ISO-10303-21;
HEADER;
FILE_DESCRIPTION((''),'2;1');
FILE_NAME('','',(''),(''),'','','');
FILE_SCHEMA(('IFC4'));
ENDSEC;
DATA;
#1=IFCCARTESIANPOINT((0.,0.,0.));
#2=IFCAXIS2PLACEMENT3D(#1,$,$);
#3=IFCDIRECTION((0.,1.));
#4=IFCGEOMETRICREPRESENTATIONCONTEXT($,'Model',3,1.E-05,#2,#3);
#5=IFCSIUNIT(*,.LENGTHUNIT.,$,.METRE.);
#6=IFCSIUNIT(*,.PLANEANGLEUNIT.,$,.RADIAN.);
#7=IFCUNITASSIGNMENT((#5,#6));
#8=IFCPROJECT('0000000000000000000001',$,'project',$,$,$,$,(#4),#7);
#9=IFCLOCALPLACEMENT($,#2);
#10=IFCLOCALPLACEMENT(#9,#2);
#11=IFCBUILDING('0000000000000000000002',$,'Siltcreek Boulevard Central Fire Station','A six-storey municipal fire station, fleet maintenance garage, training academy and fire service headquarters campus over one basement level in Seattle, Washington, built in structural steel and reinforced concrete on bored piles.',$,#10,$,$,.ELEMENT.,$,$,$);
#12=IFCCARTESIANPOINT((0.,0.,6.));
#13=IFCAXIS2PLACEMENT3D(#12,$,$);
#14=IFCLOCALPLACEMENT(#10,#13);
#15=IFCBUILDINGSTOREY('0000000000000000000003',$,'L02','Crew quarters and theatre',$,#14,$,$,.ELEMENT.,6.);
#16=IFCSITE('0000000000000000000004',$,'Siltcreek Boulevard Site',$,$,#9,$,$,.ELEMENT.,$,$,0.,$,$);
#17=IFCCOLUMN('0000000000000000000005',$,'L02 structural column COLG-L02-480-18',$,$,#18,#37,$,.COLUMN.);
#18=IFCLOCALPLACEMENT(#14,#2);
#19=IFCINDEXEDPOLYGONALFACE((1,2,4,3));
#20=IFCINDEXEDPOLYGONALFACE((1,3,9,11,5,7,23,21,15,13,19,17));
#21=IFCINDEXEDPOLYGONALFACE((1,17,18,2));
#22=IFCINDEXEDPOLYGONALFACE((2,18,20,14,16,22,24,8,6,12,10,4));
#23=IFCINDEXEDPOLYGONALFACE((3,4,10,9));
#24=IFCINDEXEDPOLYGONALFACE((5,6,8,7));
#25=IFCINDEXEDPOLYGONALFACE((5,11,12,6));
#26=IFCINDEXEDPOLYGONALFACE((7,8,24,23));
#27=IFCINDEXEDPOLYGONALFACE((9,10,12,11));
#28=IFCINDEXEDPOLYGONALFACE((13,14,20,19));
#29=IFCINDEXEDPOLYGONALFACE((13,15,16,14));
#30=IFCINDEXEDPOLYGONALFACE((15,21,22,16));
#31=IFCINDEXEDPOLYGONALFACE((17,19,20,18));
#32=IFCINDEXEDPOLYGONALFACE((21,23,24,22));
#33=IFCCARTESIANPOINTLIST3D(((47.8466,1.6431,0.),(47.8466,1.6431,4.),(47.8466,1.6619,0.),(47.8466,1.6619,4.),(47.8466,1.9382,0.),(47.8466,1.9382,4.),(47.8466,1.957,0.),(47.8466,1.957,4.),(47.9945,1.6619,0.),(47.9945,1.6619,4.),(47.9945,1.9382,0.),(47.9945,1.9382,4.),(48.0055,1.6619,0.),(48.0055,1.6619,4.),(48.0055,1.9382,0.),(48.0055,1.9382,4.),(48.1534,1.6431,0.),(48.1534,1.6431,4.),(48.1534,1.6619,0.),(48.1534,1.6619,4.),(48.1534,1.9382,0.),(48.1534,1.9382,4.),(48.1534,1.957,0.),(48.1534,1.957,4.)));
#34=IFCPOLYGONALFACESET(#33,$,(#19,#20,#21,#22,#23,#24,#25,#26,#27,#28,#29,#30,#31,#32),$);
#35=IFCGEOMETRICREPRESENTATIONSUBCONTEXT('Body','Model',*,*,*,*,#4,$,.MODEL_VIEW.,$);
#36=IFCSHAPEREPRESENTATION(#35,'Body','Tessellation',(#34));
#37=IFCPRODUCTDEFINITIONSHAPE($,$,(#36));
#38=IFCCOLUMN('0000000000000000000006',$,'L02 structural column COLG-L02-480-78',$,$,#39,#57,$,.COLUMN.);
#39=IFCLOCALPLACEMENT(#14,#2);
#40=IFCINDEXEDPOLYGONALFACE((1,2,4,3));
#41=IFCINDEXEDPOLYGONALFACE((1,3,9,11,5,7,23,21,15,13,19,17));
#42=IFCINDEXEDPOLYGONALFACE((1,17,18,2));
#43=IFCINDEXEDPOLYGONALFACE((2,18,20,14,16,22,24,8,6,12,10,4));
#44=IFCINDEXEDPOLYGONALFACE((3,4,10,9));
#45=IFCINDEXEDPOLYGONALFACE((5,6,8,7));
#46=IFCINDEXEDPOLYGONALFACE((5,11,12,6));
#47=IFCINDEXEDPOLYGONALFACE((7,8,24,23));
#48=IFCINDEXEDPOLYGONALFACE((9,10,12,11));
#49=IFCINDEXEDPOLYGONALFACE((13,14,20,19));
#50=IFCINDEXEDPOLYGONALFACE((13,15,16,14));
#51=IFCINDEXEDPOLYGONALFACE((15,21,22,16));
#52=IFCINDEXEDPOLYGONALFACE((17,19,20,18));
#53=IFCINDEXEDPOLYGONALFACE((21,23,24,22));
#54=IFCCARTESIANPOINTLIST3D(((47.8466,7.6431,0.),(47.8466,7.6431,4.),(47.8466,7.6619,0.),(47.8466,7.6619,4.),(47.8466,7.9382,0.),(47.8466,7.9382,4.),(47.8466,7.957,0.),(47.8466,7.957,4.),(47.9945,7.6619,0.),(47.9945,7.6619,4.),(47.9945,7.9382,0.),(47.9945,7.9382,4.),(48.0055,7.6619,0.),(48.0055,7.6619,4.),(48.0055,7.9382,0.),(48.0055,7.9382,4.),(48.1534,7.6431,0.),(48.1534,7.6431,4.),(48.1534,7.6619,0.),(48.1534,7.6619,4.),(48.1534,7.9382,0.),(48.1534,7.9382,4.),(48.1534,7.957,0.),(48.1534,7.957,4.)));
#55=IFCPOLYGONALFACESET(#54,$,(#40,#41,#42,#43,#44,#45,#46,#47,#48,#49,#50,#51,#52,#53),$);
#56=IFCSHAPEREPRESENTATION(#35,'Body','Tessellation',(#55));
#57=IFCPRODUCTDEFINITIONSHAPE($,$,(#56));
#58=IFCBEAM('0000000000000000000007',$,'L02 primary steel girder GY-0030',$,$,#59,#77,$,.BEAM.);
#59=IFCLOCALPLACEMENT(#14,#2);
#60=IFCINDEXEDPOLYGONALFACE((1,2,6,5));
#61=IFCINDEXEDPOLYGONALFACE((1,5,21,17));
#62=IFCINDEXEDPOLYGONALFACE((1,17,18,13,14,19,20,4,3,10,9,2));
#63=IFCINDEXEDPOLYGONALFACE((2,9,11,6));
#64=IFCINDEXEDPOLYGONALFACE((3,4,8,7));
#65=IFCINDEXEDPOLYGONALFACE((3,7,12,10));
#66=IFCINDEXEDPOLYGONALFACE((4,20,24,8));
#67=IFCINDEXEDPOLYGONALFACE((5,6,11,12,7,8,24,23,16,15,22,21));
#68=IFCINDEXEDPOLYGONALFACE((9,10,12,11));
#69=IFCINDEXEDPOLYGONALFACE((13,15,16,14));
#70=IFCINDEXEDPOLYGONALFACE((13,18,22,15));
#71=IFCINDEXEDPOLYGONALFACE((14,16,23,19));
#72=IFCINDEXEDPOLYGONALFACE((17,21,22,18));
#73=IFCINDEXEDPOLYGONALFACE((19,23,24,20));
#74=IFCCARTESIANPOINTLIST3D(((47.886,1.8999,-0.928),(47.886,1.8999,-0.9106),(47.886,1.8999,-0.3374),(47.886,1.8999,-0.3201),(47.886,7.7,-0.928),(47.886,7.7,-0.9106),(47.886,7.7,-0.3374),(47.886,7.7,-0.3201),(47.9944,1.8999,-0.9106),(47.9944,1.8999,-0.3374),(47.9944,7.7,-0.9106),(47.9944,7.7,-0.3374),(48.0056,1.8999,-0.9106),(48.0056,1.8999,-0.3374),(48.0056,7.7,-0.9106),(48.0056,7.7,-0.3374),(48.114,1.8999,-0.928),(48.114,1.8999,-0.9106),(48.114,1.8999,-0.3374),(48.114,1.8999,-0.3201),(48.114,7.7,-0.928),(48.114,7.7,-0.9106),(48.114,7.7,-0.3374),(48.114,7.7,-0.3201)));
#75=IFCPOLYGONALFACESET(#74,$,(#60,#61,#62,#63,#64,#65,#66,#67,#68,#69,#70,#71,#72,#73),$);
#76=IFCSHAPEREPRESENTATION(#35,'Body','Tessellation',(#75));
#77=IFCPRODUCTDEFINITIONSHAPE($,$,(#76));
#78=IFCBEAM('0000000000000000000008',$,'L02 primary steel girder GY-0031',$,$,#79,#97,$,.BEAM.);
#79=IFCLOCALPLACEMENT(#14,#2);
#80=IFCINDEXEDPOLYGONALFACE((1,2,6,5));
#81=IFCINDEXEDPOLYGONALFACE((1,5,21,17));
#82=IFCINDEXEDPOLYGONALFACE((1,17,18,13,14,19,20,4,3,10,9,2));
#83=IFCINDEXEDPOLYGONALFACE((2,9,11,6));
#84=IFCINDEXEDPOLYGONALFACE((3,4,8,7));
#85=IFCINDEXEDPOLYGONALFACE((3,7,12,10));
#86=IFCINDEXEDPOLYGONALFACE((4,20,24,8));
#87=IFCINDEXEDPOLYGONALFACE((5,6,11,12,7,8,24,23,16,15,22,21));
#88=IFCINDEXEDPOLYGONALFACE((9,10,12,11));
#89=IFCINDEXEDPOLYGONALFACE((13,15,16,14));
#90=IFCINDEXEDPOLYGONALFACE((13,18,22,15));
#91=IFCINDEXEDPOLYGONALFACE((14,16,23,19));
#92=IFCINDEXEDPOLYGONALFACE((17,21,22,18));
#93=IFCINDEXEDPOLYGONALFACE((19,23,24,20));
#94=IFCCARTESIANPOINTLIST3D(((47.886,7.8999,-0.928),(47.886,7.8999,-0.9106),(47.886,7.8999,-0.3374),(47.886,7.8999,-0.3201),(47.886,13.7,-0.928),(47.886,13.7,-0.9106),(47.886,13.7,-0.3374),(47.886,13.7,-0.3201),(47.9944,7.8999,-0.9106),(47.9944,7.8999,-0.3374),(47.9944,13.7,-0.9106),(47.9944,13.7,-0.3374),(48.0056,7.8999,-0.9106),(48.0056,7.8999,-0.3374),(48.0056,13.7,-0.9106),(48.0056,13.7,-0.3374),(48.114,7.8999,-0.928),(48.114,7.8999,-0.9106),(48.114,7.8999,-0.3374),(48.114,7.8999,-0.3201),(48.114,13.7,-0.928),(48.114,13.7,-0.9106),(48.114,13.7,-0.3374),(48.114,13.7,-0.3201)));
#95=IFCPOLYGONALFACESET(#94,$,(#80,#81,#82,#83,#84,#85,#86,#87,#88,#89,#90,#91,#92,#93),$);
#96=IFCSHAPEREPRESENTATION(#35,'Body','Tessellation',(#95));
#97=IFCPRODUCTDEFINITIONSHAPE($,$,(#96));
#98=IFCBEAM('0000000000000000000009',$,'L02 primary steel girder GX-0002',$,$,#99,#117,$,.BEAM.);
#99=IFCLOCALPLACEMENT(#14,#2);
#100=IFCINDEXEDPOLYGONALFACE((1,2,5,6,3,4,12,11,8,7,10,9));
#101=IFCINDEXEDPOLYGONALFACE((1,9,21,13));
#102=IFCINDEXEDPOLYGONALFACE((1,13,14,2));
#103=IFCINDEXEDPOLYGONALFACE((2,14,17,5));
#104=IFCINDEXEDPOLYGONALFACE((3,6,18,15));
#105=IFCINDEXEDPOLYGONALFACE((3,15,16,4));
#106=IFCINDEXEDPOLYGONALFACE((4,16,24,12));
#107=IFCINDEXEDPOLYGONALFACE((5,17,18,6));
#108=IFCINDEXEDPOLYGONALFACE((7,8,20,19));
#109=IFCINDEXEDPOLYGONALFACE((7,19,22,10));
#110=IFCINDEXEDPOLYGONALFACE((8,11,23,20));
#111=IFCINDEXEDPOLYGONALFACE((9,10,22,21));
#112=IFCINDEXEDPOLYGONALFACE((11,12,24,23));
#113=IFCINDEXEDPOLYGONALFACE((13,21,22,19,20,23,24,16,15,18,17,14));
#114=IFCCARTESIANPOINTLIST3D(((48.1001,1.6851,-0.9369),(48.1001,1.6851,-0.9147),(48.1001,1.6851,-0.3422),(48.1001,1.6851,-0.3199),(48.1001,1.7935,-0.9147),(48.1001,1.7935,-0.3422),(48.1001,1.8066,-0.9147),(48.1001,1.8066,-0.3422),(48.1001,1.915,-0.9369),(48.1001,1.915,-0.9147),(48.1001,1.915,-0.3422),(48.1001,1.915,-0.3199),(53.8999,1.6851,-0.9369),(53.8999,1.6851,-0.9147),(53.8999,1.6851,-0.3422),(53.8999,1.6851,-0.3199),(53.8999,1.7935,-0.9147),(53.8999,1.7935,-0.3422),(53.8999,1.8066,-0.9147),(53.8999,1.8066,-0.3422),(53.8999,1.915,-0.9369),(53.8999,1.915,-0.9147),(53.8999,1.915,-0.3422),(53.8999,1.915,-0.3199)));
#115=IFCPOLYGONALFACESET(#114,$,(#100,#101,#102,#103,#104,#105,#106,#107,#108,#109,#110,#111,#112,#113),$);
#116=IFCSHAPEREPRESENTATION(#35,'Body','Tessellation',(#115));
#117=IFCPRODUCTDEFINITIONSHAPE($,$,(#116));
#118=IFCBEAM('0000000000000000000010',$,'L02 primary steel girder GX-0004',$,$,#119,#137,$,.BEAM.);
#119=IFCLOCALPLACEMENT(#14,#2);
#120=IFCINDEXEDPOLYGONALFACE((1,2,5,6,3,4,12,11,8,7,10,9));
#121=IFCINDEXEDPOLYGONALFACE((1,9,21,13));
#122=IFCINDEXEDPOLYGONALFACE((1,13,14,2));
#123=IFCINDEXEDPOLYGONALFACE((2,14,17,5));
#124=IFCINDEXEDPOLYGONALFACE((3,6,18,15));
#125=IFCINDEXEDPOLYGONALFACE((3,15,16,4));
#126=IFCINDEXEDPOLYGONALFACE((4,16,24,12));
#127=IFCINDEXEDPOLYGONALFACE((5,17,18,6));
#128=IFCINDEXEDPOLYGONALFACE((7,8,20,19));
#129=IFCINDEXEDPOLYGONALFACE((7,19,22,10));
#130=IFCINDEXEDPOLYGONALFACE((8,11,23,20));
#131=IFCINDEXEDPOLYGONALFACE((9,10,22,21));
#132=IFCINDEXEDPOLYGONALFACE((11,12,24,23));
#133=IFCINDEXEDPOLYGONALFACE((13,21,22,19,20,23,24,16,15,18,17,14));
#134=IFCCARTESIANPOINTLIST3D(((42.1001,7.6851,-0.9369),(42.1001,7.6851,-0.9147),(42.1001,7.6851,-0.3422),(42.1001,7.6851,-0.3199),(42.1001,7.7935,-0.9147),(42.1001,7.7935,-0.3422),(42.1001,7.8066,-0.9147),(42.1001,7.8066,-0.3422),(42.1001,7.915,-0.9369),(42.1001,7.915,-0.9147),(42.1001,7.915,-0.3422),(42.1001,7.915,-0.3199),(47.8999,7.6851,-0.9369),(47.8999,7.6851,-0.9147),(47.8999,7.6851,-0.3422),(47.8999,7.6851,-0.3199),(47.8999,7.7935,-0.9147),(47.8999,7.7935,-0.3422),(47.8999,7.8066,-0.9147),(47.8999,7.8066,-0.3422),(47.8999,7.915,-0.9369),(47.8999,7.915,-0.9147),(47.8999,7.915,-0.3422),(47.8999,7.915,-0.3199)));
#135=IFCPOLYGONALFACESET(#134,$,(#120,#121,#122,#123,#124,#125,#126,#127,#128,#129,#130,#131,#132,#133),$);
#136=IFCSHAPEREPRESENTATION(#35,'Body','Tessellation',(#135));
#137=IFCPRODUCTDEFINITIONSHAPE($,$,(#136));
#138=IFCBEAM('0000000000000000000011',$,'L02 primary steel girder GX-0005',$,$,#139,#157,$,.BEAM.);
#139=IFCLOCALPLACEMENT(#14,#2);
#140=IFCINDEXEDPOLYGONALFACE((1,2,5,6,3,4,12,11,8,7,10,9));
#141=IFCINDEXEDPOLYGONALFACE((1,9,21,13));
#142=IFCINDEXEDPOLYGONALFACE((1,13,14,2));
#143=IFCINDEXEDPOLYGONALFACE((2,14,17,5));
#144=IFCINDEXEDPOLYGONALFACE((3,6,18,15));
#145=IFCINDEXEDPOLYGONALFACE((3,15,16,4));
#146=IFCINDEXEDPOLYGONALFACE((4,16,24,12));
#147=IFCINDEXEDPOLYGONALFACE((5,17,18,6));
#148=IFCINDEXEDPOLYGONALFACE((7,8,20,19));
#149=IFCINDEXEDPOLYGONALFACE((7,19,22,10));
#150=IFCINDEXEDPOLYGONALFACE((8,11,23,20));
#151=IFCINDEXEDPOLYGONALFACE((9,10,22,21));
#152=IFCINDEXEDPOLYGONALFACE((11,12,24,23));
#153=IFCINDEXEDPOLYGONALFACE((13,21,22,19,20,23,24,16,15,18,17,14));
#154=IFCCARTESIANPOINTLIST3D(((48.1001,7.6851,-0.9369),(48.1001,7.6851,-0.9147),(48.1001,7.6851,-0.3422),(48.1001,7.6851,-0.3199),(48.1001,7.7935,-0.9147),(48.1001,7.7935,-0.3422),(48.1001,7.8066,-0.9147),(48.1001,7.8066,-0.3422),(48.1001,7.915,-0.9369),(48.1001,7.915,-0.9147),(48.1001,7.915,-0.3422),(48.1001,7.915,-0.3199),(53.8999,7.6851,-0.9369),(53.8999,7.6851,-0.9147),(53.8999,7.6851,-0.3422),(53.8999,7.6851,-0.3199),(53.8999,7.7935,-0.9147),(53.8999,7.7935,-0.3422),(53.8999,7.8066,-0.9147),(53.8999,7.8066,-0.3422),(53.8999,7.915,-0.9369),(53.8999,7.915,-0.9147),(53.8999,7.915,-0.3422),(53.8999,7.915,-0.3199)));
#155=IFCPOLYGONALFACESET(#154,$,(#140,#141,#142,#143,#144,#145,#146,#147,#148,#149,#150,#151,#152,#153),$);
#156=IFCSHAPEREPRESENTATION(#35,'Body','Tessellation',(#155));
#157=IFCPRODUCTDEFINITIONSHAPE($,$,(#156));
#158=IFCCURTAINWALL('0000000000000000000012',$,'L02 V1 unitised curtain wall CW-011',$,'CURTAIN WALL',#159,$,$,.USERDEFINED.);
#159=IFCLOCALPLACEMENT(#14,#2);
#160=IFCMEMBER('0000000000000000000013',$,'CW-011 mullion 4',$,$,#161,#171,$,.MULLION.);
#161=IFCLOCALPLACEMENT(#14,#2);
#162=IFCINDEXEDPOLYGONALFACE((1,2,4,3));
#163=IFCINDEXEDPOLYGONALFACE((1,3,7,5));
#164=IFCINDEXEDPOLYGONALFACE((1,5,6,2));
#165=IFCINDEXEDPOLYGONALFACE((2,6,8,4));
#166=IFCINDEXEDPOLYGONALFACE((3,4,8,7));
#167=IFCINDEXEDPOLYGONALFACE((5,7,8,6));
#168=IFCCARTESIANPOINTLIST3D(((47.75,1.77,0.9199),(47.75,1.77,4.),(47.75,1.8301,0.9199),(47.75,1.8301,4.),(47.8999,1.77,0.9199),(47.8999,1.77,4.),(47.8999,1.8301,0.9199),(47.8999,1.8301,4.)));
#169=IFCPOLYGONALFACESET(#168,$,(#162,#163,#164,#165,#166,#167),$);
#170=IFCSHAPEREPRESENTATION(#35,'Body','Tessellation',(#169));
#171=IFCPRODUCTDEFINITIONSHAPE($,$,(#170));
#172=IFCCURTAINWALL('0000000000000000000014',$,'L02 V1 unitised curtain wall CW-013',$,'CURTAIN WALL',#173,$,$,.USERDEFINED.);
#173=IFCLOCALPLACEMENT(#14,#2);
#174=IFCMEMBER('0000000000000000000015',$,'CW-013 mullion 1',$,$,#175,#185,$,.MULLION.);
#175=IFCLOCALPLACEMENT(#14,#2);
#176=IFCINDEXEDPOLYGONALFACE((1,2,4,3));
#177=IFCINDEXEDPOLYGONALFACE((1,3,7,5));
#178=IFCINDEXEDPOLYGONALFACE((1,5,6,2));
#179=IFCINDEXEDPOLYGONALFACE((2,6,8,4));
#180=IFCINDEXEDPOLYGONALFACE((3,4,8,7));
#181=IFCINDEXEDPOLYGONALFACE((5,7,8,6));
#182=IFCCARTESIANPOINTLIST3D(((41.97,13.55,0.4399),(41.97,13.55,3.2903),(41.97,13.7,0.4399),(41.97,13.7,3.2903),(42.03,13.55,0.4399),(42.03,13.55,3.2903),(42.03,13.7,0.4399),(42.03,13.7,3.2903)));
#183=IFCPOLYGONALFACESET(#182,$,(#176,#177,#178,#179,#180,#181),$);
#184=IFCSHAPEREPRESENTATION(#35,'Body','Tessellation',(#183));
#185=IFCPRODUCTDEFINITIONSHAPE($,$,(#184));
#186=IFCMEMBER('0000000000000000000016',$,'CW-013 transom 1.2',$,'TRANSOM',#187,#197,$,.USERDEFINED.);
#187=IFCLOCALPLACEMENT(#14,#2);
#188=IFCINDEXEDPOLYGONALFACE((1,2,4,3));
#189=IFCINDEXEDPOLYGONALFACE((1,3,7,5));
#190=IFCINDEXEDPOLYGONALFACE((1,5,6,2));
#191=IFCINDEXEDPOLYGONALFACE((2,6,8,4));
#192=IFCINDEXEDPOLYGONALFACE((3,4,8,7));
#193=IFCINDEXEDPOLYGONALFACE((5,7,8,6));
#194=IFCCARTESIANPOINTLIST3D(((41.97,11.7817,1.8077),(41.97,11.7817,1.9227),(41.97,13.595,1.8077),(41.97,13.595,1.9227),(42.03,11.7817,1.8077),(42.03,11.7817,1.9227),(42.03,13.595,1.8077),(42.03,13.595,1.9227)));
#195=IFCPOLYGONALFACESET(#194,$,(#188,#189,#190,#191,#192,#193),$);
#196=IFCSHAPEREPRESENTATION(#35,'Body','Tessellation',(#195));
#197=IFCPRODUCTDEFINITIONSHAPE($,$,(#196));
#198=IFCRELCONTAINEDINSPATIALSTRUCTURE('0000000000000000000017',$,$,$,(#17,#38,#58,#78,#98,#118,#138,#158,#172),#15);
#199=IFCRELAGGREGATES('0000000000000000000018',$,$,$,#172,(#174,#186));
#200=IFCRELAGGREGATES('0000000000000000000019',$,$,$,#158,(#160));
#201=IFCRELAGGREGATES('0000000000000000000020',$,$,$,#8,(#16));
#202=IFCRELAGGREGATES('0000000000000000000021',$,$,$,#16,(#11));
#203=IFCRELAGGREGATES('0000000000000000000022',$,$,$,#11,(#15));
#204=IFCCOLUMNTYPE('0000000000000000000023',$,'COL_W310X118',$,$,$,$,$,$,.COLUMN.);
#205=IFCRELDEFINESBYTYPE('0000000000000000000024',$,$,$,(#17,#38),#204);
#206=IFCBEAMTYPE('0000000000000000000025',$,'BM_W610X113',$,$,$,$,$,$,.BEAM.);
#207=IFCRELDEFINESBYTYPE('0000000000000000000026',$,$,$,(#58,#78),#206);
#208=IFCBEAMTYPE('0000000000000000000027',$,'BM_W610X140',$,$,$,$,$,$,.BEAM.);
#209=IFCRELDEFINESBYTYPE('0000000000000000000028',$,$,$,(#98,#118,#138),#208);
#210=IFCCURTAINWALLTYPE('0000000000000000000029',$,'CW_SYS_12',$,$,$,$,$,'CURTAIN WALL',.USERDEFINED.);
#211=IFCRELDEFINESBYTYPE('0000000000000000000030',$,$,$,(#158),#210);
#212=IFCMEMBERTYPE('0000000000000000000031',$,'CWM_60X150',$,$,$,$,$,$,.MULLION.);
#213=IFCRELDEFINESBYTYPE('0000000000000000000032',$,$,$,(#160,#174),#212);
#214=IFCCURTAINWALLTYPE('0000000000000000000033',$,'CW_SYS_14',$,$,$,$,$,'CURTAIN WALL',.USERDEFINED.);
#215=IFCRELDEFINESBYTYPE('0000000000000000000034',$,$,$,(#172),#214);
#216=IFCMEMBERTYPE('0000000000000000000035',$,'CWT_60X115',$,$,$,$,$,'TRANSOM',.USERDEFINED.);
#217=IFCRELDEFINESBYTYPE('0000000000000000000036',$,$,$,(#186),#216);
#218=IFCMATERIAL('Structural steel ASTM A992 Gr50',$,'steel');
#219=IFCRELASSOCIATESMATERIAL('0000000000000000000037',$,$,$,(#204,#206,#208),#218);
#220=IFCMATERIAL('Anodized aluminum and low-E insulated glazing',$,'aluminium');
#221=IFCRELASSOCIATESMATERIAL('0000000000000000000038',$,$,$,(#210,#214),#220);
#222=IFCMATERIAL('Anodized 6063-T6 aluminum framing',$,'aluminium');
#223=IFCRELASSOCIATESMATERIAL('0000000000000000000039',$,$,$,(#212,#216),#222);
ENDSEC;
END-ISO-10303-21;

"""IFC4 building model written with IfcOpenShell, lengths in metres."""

from ifc_helpers import new_model, si_unit, direction, frame, origin, origin_2d, place, context, subcontext, project, spatial, rectangle, i_section, extrude, material, material_profile, profile_set, type_object, element, aggregate, save


model = new_model("IFC4")

# Units and contexts
model_context = context("Model", 3, precision=1e-05, world=origin(), true_north=direction((0.0, 1.0)))
body_context = subcontext(model_context, "Body", "Model", "MODEL_VIEW")
ifc_project = project(units=[si_unit("LENGTHUNIT", "METRE"), si_unit("PLANEANGLEUNIT", "RADIAN")], contexts=[model_context])

# Site, building, storey
site_placement = place(None, origin())
site = spatial("IfcSite", under=ifc_project, at=site_placement, Name="Siltcreek Boulevard Site", CompositionType="ELEMENT", RefElevation=0.0)
building_placement = place(site_placement, origin())
building = spatial("IfcBuilding", under=site, at=building_placement, Name="Siltcreek Boulevard Central Fire Station", Description="A six-storey municipal fire station, fleet maintenance garage, training academy and fire service headquarters campus over one basement level in Seattle, Washington, built in structural steel and reinforced concrete on bored piles.", CompositionType="ELEMENT")
storey_placement = place(building_placement, frame((0.0, 0.0, 6.0)))
storey = spatial("IfcBuildingStorey", under=building, at=storey_placement, Name="L02", Description="Crew quarters and theatre", CompositionType="ELEMENT", Elevation=6.0)

# Columns
ifc_material_1 = material(Name="Structural steel ASTM A992 Gr50", Category="steel")
ifc_material_profile_1 = material_profile(ifc_material_1, i_section(OverallWidth=0.3069, OverallDepth=0.314, WebThickness=0.011, FlangeThickness=0.0188, at=origin_2d()), Name="W310X118")
ifc_profile_set_1 = profile_set([ifc_material_profile_1], Name="Structural steel ASTM A992 Gr50")
column_type = type_object("IfcColumnType", Name="COL_W310X118", PredefinedType="COLUMN", material=ifc_profile_set_1)
for number, where, z_axis, x_axis, name in (
    (1, (48.0, 1.8, 0.0), (0.0, 0.0, 1.0), (1.0, 0.0, 0.0), "L02 structural column COLG-L02-480-18"),
    (2, (48.0, 7.8, 0.0), (0.0, 0.0, 1.0), (1.0, 0.0, 0.0), "L02 structural column COLG-L02-480-78"),
):
    element("IfcColumn", number, at=place(storey_placement, frame(where, z_axis=z_axis, x_axis=x_axis)), inside=storey, type_object=column_type, Name=name, PredefinedType="COLUMN", context=body_context, shape_type="SweptSolid", body=[
        extrude(i_section(OverallWidth=0.3069, OverallDepth=0.314, WebThickness=0.011, FlangeThickness=0.0188, at=origin_2d()), origin(), (0.0, 0.0, 1.0), 4.0),
    ])

# Beams
ifc_material_profile_2 = material_profile(ifc_material_1, i_section(OverallWidth=0.228, OverallDepth=0.6079, WebThickness=0.0112, FlangeThickness=0.0173, at=origin_2d()), Name="W610X113")
ifc_profile_set_2 = profile_set([ifc_material_profile_2], Name="Structural steel ASTM A992 Gr50")
beam_type_1 = type_object("IfcBeamType", Name="BM_W610X113", PredefinedType="BEAM", material=ifc_profile_set_2)
for number, where, z_axis, x_axis, name in (
    (3, (48.0, 1.8999, -0.624), (0.0, 1.0, 0.0), (-1.0, 0.0, 0.0), "L02 primary steel girder GY-0030"),
    (4, (48.0, 7.8999, -0.624), (0.0, 1.0, 0.0), (-1.0, 0.0, 0.0), "L02 primary steel girder GY-0031"),
):
    element("IfcBeam", number, at=place(storey_placement, frame(where, z_axis=z_axis, x_axis=x_axis)), inside=storey, type_object=beam_type_1, Name=name, PredefinedType="BEAM", context=body_context, shape_type="SweptSolid", body=[
        extrude(i_section(OverallWidth=0.228, OverallDepth=0.6079, WebThickness=0.0112, FlangeThickness=0.0173, at=origin_2d()), origin(), (0.0, 0.0, 1.0), 5.8),
    ])
ifc_material_profile_3 = material_profile(ifc_material_1, i_section(OverallWidth=0.23, OverallDepth=0.6169, WebThickness=0.0132, FlangeThickness=0.0222, at=origin_2d()), Name="W610X140")
ifc_profile_set_3 = profile_set([ifc_material_profile_3], Name="Structural steel ASTM A992 Gr50")
beam_type_2 = type_object("IfcBeamType", Name="BM_W610X140", PredefinedType="BEAM", material=ifc_profile_set_3)
for number, where, z_axis, x_axis, name in (
    (5, (48.1001, 1.8, -0.6284), (1.0, 0.0, 0.0), (0.0, 1.0, 0.0), "L02 primary steel girder GX-0002"),
    (6, (42.1001, 7.8, -0.6284), (1.0, 0.0, 0.0), (0.0, 1.0, 0.0), "L02 primary steel girder GX-0004"),
    (7, (48.1001, 7.8, -0.6284), (1.0, 0.0, 0.0), (0.0, 1.0, 0.0), "L02 primary steel girder GX-0005"),
):
    element("IfcBeam", number, at=place(storey_placement, frame(where, z_axis=z_axis, x_axis=x_axis)), inside=storey, type_object=beam_type_2, Name=name, PredefinedType="BEAM", context=body_context, shape_type="SweptSolid", body=[
        extrude(i_section(OverallWidth=0.23, OverallDepth=0.6169, WebThickness=0.0132, FlangeThickness=0.0222, at=origin_2d()), origin(), (0.0, 0.0, 1.0), 5.7998),
    ])

# Curtain wall, member
ifc_material_2 = material(Name="Anodized aluminum and low-E insulated glazing", Category="aluminium")
curtain_wall_type_1 = type_object("IfcCurtainWallType", Name="CW_SYS_12", ElementType="CURTAIN WALL", PredefinedType="USERDEFINED", material=ifc_material_2)
curtain_wall_1_placement = place(storey_placement, origin())
curtain_wall_1 = element("IfcCurtainWall", 8, at=curtain_wall_1_placement, inside=storey, type_object=curtain_wall_type_1, Name="L02 V1 unitised curtain wall CW-011", ObjectType="CURTAIN WALL", PredefinedType="USERDEFINED")
ifc_material_3 = material(Name="Anodized 6063-T6 aluminum framing", Category="aluminium")
ifc_material_profile_4 = material_profile(ifc_material_3, rectangle(XDim=0.0601, YDim=0.1499, at=origin_2d()), Name="MULL60X150")
ifc_profile_set_4 = profile_set([ifc_material_profile_4], Name="Anodized 6063-T6 aluminum framing")
member_type_1 = type_object("IfcMemberType", Name="CWM_60X150", PredefinedType="MULLION", material=ifc_profile_set_4)
member_1_placement = place(storey_placement, frame((47.825, 1.8, 0.9199), z_axis=(0.0, 0.0, 1.0), x_axis=(0.0, 1.0, 0.0)))
member_1 = element("IfcMember", 9, at=member_1_placement, type_object=member_type_1, Name="CW-011 mullion 4", PredefinedType="MULLION", context=body_context, shape_type="SweptSolid", body=[
    extrude(rectangle(XDim=0.0601, YDim=0.1499, at=origin_2d()), origin(), (0.0, 0.0, 1.0), 3.0801),
])

# Curtain wall, members
curtain_wall_type_2 = type_object("IfcCurtainWallType", Name="CW_SYS_14", ElementType="CURTAIN WALL", PredefinedType="USERDEFINED", material=ifc_material_2)
curtain_wall_2_placement = place(storey_placement, origin())
curtain_wall_2 = element("IfcCurtainWall", 10, at=curtain_wall_2_placement, inside=storey, type_object=curtain_wall_type_2, Name="L02 V1 unitised curtain wall CW-013", ObjectType="CURTAIN WALL", PredefinedType="USERDEFINED")
member_2_placement = place(storey_placement, frame((42.0, 13.625, 0.4399), z_axis=(0.0, 0.0, 1.0), x_axis=(1.0, 0.0, 0.0)))
member_2 = element("IfcMember", 11, at=member_2_placement, type_object=member_type_1, Name="CW-013 mullion 1", PredefinedType="MULLION", context=body_context, shape_type="SweptSolid", body=[
    extrude(rectangle(XDim=0.0601, YDim=0.1499, at=origin_2d()), origin(), (0.0, 0.0, 1.0), 2.8503),
])
ifc_material_profile_5 = material_profile(ifc_material_3, rectangle(XDim=0.0601, YDim=0.115, at=origin_2d()), Name="TRAN60X115")
ifc_profile_set_5 = profile_set([ifc_material_profile_5], Name="Anodized 6063-T6 aluminum framing")
member_type_2 = type_object("IfcMemberType", Name="CWT_60X115", ElementType="TRANSOM", PredefinedType="USERDEFINED", material=ifc_profile_set_5)
member_3_placement = place(storey_placement, frame((42.0, 13.595, 1.8652), z_axis=(0.0, -1.0, 0.0), x_axis=(1.0, 0.0, 0.0)))
member_3 = element("IfcMember", 12, at=member_3_placement, type_object=member_type_2, Name="CW-013 transom 1.2", ObjectType="TRANSOM", PredefinedType="USERDEFINED", context=body_context, shape_type="SweptSolid", body=[
    extrude(rectangle(XDim=0.0601, YDim=0.115, at=origin_2d()), origin(), (0.0, 0.0, 1.0), 1.8132),
])
aggregate(curtain_wall_2, [member_2, member_3])

aggregate(curtain_wall_1, [member_1])

save(model, "model.ifc")
